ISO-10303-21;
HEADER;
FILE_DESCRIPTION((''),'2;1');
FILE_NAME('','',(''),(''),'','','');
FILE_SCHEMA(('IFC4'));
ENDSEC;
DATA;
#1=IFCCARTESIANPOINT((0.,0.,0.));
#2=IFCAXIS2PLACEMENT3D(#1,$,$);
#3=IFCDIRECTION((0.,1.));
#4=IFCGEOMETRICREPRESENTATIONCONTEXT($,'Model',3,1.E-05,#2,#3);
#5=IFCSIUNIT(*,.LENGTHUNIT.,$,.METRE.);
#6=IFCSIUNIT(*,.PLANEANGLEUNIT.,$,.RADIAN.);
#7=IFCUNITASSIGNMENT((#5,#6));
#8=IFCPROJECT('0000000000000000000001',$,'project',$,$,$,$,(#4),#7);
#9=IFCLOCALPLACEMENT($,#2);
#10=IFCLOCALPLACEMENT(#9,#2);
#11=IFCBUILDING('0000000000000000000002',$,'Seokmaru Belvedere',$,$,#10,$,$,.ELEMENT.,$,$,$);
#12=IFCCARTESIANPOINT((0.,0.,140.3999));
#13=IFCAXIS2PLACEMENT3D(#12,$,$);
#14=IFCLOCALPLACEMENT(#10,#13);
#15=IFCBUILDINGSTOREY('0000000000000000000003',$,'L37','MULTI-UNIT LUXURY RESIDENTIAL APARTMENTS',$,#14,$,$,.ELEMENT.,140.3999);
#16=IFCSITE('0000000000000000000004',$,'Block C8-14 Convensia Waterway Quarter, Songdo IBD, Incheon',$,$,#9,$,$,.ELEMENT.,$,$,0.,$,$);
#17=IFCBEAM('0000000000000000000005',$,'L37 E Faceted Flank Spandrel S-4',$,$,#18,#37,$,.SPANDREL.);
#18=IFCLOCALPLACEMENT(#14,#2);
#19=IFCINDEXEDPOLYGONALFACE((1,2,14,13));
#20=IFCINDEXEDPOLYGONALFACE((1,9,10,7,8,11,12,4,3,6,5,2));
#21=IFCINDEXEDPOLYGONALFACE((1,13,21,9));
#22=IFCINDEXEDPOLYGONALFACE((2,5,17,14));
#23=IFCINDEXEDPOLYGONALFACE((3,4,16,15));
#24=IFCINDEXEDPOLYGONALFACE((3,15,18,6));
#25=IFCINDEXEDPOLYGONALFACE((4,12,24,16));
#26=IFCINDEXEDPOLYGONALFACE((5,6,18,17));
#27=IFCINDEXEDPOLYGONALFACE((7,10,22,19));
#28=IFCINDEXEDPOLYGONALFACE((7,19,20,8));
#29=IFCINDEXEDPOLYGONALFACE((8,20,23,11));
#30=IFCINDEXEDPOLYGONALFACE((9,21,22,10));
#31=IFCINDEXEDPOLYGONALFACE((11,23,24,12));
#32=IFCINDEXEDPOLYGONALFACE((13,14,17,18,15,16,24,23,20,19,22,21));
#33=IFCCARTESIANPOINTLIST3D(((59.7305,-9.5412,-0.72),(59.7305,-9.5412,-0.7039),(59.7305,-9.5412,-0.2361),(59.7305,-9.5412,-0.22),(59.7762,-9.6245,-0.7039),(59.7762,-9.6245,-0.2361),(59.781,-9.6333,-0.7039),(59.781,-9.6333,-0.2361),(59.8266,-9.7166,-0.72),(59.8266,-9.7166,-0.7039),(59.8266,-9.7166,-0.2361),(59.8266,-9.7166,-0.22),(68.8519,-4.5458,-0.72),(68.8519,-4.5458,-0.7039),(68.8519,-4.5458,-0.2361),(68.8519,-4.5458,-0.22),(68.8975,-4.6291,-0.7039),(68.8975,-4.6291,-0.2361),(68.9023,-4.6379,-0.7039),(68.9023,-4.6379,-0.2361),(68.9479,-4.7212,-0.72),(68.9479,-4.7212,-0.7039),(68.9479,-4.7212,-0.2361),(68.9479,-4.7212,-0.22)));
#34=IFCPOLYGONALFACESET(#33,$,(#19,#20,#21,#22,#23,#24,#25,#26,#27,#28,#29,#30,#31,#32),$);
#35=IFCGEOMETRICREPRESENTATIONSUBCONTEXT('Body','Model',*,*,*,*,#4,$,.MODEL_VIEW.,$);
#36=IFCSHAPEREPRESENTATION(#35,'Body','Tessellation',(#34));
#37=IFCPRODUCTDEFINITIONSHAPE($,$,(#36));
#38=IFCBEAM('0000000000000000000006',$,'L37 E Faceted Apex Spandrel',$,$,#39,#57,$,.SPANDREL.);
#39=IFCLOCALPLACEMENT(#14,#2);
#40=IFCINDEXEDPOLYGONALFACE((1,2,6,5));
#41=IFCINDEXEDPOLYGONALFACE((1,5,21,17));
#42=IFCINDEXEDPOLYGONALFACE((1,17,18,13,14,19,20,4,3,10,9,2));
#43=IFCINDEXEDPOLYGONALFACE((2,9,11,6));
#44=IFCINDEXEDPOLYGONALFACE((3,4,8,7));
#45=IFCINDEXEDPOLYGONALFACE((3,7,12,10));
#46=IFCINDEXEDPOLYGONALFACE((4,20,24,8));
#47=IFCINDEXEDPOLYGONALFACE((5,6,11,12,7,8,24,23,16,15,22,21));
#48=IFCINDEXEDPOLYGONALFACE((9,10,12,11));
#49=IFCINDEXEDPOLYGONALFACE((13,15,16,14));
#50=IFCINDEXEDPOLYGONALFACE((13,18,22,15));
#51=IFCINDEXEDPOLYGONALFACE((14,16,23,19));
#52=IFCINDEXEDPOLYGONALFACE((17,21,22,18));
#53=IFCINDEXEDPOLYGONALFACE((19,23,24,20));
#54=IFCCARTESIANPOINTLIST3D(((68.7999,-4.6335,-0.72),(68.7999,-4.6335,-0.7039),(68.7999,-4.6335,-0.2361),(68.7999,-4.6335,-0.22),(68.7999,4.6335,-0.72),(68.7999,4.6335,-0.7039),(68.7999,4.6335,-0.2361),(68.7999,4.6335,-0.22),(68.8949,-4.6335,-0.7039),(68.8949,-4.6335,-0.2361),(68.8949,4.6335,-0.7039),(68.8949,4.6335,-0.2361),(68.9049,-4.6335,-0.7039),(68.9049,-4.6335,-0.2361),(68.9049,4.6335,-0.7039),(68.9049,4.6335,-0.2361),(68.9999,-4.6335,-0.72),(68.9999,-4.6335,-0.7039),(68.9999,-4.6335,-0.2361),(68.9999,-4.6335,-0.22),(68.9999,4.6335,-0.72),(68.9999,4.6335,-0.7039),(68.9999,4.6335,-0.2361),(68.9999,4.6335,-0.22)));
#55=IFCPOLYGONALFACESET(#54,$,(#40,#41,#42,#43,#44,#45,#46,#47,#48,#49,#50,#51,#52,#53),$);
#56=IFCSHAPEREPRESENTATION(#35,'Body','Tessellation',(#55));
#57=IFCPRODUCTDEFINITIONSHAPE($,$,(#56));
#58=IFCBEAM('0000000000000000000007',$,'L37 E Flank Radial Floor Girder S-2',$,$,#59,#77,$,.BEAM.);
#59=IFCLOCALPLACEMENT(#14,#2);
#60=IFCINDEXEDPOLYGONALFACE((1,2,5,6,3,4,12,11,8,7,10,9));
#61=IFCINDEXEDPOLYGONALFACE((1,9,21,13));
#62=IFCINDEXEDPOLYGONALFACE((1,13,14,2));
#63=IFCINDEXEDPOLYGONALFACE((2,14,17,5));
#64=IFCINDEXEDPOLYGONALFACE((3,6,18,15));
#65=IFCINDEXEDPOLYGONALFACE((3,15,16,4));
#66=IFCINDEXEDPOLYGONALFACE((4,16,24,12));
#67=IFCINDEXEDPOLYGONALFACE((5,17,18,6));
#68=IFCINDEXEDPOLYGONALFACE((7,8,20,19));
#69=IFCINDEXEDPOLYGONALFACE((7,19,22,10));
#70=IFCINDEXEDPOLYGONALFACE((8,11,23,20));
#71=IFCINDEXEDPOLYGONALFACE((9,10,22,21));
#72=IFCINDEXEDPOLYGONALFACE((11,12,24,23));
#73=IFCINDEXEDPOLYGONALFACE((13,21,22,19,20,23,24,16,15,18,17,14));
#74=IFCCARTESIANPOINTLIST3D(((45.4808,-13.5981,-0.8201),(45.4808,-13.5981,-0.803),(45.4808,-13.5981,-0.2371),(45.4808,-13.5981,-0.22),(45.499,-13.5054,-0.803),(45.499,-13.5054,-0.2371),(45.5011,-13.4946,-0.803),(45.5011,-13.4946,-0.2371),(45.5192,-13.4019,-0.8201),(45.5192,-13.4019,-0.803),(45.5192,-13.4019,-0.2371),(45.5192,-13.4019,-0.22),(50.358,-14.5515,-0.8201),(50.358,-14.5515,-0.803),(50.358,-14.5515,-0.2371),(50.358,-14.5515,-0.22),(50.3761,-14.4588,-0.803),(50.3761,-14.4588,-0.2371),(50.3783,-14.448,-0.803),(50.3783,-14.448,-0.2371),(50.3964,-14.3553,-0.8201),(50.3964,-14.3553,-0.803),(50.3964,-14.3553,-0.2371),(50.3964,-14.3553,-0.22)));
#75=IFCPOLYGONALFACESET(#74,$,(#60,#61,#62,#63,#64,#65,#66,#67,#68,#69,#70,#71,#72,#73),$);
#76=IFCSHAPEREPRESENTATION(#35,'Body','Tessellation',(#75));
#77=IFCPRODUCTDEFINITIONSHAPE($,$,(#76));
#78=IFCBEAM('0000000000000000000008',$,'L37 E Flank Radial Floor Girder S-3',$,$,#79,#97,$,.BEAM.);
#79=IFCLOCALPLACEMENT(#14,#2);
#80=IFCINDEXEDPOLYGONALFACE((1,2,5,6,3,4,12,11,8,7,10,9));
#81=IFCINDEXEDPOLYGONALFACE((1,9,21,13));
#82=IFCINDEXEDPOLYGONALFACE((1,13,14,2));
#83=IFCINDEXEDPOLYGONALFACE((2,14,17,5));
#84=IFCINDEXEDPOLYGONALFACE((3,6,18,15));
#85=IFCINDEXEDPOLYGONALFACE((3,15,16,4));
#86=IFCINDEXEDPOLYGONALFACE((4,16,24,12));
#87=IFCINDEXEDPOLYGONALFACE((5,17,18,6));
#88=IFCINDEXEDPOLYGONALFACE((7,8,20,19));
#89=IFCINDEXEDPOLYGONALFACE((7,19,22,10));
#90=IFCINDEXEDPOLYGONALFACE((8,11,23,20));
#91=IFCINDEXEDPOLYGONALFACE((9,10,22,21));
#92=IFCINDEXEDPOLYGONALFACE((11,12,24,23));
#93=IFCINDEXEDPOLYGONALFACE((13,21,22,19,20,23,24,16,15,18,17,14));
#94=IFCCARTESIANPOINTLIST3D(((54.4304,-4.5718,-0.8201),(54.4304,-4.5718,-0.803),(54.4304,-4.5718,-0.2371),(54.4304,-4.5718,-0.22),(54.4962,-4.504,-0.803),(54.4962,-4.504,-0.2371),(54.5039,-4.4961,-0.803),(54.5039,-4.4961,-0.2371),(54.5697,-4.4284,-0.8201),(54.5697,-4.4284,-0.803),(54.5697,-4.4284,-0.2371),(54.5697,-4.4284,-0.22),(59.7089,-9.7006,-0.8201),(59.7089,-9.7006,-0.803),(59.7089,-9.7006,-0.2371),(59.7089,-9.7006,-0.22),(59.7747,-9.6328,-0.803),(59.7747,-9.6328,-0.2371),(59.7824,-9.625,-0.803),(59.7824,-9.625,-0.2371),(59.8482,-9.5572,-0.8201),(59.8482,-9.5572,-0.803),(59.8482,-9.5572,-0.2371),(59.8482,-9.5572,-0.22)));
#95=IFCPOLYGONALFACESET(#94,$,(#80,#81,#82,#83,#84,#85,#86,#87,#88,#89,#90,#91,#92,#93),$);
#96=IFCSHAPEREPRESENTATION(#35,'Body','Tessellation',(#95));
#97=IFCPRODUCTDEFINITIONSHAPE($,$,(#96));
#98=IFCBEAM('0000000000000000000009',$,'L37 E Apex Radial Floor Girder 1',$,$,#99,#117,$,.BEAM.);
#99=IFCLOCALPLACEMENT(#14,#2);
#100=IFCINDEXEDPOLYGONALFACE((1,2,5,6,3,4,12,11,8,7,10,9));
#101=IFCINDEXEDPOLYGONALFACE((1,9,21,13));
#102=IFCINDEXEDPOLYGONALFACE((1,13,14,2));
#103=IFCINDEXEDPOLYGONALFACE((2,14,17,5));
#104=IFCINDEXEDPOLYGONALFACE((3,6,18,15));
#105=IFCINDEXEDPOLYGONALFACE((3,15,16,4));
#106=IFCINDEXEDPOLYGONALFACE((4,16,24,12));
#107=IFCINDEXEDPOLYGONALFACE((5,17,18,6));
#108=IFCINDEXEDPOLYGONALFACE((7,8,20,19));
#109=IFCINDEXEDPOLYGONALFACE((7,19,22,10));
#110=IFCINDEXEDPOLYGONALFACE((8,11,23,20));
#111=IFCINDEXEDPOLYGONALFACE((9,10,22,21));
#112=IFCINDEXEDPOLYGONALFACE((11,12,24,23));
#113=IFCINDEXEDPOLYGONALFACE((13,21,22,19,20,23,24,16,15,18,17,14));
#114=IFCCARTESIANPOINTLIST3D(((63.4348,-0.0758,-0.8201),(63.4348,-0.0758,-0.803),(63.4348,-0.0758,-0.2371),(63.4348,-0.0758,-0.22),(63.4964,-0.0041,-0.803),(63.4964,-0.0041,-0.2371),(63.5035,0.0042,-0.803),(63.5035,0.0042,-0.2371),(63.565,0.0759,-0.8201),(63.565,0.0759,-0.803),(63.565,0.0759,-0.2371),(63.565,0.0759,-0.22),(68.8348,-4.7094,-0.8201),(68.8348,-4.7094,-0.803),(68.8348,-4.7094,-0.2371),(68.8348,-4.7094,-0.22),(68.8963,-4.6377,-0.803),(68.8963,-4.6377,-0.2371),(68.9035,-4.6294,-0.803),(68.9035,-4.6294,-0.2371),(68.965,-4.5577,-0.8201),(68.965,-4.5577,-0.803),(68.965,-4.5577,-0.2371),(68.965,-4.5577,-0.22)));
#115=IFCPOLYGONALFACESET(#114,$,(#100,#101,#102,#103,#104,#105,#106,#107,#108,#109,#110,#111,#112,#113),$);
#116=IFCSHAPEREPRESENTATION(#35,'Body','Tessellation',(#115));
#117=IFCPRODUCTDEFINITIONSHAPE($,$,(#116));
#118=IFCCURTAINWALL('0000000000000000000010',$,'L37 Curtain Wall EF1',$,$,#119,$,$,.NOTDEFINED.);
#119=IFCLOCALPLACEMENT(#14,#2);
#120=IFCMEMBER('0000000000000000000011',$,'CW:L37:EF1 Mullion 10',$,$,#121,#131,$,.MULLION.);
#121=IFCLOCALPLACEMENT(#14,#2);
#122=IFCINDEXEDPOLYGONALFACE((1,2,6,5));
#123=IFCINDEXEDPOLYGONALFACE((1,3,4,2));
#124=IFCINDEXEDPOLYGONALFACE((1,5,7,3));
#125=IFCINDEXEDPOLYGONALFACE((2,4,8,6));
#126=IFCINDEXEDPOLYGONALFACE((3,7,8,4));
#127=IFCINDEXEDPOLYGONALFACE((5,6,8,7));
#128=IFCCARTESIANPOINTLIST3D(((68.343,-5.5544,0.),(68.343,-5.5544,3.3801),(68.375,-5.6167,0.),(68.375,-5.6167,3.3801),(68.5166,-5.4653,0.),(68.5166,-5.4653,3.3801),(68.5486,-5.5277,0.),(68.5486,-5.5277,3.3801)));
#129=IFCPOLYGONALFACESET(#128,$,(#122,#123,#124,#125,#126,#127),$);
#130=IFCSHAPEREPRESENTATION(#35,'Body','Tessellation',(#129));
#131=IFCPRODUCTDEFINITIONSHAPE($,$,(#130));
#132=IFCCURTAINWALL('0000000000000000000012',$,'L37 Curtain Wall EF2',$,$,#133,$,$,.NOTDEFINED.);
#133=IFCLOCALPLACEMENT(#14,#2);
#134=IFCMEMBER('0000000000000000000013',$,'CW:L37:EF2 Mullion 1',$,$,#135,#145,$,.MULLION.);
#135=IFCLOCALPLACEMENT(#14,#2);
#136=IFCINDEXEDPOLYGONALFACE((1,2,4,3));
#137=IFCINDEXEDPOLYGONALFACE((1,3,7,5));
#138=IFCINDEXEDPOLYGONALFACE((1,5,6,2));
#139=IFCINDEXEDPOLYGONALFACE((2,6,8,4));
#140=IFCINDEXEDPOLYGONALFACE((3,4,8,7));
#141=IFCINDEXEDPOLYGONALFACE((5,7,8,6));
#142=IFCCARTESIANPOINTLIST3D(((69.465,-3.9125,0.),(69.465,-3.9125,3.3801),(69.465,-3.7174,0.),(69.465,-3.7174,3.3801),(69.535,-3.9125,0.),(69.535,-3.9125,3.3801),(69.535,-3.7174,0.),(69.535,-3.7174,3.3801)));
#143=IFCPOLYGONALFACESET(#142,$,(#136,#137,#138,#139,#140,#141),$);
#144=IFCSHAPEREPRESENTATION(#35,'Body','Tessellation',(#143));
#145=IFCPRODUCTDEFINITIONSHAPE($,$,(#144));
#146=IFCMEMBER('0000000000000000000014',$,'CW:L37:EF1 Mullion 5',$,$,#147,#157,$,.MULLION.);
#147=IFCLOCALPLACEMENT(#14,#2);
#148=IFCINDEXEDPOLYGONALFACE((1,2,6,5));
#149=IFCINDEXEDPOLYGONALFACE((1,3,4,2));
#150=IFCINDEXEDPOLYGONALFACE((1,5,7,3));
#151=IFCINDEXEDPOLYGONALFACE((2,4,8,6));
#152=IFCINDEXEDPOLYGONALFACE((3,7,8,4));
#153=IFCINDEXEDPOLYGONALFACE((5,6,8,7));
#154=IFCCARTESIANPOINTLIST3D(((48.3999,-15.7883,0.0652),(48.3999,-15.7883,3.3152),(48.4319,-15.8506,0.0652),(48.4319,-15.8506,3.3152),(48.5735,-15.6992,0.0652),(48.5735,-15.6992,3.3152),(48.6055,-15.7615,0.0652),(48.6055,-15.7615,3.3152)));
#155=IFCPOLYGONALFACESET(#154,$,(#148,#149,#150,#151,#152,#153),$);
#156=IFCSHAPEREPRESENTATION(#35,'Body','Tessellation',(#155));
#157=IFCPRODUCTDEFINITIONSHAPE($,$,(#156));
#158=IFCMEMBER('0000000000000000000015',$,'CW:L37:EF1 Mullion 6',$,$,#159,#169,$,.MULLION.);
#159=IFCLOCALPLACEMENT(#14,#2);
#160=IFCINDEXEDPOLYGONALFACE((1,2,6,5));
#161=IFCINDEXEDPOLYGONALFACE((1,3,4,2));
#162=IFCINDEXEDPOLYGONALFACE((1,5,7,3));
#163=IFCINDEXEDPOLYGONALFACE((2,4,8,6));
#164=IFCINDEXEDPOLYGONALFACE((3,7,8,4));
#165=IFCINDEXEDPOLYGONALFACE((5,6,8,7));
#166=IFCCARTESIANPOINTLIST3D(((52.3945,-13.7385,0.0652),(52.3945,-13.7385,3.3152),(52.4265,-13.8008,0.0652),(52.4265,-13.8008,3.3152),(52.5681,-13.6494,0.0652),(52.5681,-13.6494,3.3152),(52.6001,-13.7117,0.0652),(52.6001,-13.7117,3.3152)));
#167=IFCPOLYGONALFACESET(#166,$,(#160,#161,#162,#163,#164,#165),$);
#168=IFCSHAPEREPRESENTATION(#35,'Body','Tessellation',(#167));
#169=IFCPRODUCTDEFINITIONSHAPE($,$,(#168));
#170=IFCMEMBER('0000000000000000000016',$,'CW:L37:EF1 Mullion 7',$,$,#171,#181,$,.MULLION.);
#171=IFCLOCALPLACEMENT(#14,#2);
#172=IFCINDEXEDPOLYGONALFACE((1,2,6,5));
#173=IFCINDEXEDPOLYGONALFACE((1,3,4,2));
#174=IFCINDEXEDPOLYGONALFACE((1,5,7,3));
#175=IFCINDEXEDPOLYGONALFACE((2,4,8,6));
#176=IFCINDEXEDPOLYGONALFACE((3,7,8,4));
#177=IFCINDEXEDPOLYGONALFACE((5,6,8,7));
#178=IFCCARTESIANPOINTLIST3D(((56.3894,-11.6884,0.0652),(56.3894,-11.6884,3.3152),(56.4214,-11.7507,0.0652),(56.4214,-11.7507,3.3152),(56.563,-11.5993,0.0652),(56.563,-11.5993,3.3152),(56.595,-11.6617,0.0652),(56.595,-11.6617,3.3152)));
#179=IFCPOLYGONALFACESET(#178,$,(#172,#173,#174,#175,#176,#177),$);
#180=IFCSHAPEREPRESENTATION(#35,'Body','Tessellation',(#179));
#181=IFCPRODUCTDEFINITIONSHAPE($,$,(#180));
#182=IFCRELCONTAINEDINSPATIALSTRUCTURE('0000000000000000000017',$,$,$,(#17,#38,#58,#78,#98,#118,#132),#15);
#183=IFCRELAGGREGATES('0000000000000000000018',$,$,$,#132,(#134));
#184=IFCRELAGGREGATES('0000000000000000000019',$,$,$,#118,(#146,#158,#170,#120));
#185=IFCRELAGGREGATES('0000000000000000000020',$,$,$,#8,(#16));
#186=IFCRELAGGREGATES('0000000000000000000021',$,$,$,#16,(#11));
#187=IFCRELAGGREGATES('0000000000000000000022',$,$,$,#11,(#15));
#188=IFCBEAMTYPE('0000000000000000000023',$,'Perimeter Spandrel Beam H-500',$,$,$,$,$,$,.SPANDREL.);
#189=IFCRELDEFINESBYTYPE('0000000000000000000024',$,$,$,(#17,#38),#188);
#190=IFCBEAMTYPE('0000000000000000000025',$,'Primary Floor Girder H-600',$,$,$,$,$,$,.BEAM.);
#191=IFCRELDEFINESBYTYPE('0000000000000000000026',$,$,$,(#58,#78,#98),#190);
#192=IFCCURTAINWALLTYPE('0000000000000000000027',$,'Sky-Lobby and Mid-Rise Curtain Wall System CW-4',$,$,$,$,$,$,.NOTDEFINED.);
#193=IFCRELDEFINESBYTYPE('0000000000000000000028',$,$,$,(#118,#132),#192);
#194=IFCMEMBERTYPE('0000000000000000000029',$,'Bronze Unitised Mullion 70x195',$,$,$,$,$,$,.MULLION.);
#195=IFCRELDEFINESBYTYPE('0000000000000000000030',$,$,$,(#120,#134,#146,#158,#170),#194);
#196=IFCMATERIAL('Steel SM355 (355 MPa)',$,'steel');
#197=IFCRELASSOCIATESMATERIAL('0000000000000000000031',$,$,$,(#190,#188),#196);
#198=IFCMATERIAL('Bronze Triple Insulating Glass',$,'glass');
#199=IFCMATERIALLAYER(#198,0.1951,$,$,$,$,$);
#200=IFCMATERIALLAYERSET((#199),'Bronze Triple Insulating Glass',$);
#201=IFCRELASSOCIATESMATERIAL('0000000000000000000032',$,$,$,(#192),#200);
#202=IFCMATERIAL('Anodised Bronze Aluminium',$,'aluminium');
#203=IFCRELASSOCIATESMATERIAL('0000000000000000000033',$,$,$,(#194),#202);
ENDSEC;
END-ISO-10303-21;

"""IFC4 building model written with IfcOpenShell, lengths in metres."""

from ifc_helpers import new_model, si_unit, direction, frame, origin, origin_2d, place, context, subcontext, project, spatial, rectangle, i_section, extrude, source, transform, mapped, material, layer, layer_set, material_profile, profile_set, type_object, type_shapes, element, aggregate, save


model = new_model("IFC4")

# Units and contexts
model_context = context("Model", 3, precision=1e-05, world=origin(), true_north=direction((0.0, 1.0)))
body_context = subcontext(model_context, "Body", "Model", "MODEL_VIEW")
ifc_project = project(units=[si_unit("LENGTHUNIT", "METRE"), si_unit("PLANEANGLEUNIT", "RADIAN")], contexts=[model_context])

# Site, building, storey
site_placement = place(None, origin())
site = spatial("IfcSite", under=ifc_project, at=site_placement, Name="Block C8-14 Convensia Waterway Quarter, Songdo IBD, Incheon", CompositionType="ELEMENT", RefElevation=0.0)
building_placement = place(site_placement, origin())
building = spatial("IfcBuilding", under=site, at=building_placement, Name="Seokmaru Belvedere", CompositionType="ELEMENT")
storey_placement = place(building_placement, frame((0.0, 0.0, 140.3999)))
storey = spatial("IfcBuildingStorey", under=building, at=storey_placement, Name="L37", Description="MULTI-UNIT LUXURY RESIDENTIAL APARTMENTS", CompositionType="ELEMENT", Elevation=140.3999)

# Shared definitions
ifc_material_1 = material(Name="Steel SM355 (355 MPa)", Category="steel")

# Beams
ifc_material_profile_1 = material_profile(ifc_material_1, i_section(OverallWidth=0.2, OverallDepth=0.6001, WebThickness=0.011, FlangeThickness=0.0171, at=origin_2d()), Name="H-600x200x11x17")
ifc_profile_set_1 = profile_set([ifc_material_profile_1], Name="Steel SM355 (355 MPa)")
beam_type_1 = type_object("IfcBeamType", Name="Primary Floor Girder H-600", PredefinedType="BEAM", material=ifc_profile_set_1)
ifc_material_profile_2 = material_profile(ifc_material_1, i_section(OverallWidth=0.2, OverallDepth=0.5, WebThickness=0.01, FlangeThickness=0.0161, at=origin_2d()), Name="H-500x200x10x16")
ifc_profile_set_2 = profile_set([ifc_material_profile_2], Name="Steel SM355 (355 MPa)")
beam_type_2 = type_object("IfcBeamType", Name="Perimeter Spandrel Beam H-500", PredefinedType="SPANDREL", material=ifc_profile_set_2)
shared_shape_1 = source(origin(), body_context, "Body", "SweptSolid", [
    extrude(i_section(OverallWidth=0.2, OverallDepth=0.5, WebThickness=0.01, FlangeThickness=0.0161, at=origin_2d()), origin(), (0.0, 0.0, 1.0), 10.3997),
])
beam_1_placement = place(storey_placement, frame((59.7786, -9.6289, -0.47), z_axis=(0.877082, 0.48034, 0.0), x_axis=(-0.48034, 0.877082, 0.0)))
element("IfcBeam", 1, at=beam_1_placement, inside=storey, type_object=beam_type_2, Name="L37 E Faceted Flank Spandrel S-4", PredefinedType="SPANDREL", context=body_context, shape_type="MappedRepresentation", body=[
    mapped(shared_shape_1, transform((0.0, 0.0, 0.0), scale=1.0)),
])
shared_shape_2 = source(origin(), body_context, "Body", "SweptSolid", [
    extrude(i_section(OverallWidth=0.2, OverallDepth=0.5, WebThickness=0.01, FlangeThickness=0.0161, at=origin_2d()), origin(), (0.0, 0.0, 1.0), 9.2671),
])
beam_2_placement = place(storey_placement, frame((68.8999, -4.6335, -0.47), z_axis=(0.0, 1.0, 0.0), x_axis=(-1.0, 0.0, 0.0)))
element("IfcBeam", 2, at=beam_2_placement, inside=storey, type_object=beam_type_2, Name="L37 E Faceted Apex Spandrel", PredefinedType="SPANDREL", context=body_context, shape_type="MappedRepresentation", body=[
    mapped(shared_shape_2, transform((0.0, 0.0, 0.0), scale=1.0)),
])
shared_shape_3 = source(origin(), body_context, "Body", "SweptSolid", [
    extrude(i_section(OverallWidth=0.2, OverallDepth=0.6001, WebThickness=0.011, FlangeThickness=0.0171, at=origin_2d()), origin(), (0.0, 0.0, 1.0), 4.9695),
])
beam_3_placement = place(storey_placement, frame((50.3772, -14.4534, -0.52), z_axis=(-0.981425, 0.191844, 0.0), x_axis=(-0.191844, -0.981425, 0.0)))
element("IfcBeam", 3, at=beam_3_placement, inside=storey, type_object=beam_type_1, Name="L37 E Flank Radial Floor Girder S-2", PredefinedType="BEAM", context=body_context, shape_type="MappedRepresentation", body=[
    mapped(shared_shape_3, transform((0.0, 0.0, 0.0), scale=1.0)),
])
shared_shape_4 = source(origin(), body_context, "Body", "SweptSolid", [
    extrude(i_section(OverallWidth=0.2, OverallDepth=0.6001, WebThickness=0.011, FlangeThickness=0.0171, at=origin_2d()), origin(), (0.0, 0.0, 1.0), 7.3599),
])
beam_4_placement = place(storey_placement, frame((59.7786, -9.6289, -0.52), z_axis=(-0.717201, 0.696867, 0.0), x_axis=(-0.696867, -0.717201, 0.0)))
element("IfcBeam", 4, at=beam_4_placement, inside=storey, type_object=beam_type_1, Name="L37 E Flank Radial Floor Girder S-3", PredefinedType="BEAM", context=body_context, shape_type="MappedRepresentation", body=[
    mapped(shared_shape_4, transform((0.0, 0.0, 0.0), scale=1.0)),
])
shared_shape_5 = source(origin(), body_context, "Body", "SweptSolid", [
    extrude(i_section(OverallWidth=0.2, OverallDepth=0.6001, WebThickness=0.011, FlangeThickness=0.0171, at=origin_2d()), origin(), (0.0, 0.0, 1.0), 7.1155),
])
beam_5_placement = place(storey_placement, frame((68.8999, -4.6335, -0.52), z_axis=(-0.758905, 0.651201, 0.0), x_axis=(-0.651201, -0.758905, 0.0)))
element("IfcBeam", 5, at=beam_5_placement, inside=storey, type_object=beam_type_1, Name="L37 E Apex Radial Floor Girder 1", PredefinedType="BEAM", context=body_context, shape_type="MappedRepresentation", body=[
    mapped(shared_shape_5, transform((0.0, 0.0, 0.0), scale=1.0)),
])

# Curtain walls, members
ifc_material_2 = material(Name="Bronze Triple Insulating Glass", Category="glass")
ifc_layer_1 = layer(ifc_material_2, 0.1951)
ifc_layer_set_1 = layer_set([ifc_layer_1], Name="Bronze Triple Insulating Glass")
curtain_wall_type = type_object("IfcCurtainWallType", Name="Sky-Lobby and Mid-Rise Curtain Wall System CW-4", PredefinedType="NOTDEFINED", material=ifc_layer_set_1)
curtain_wall_1_placement = place(storey_placement, origin())
curtain_wall_1 = element("IfcCurtainWall", 6, at=curtain_wall_1_placement, inside=storey, type_object=curtain_wall_type, Name="L37 Curtain Wall EF1", PredefinedType="NOTDEFINED")
ifc_material_3 = material(Name="Anodised Bronze Aluminium", Category="aluminium")
ifc_material_profile_3 = material_profile(ifc_material_3, rectangle(XDim=0.0701, YDim=0.1951, at=origin_2d()), Name="CW-M-70x195")
ifc_profile_set_3 = profile_set([ifc_material_profile_3], Name="Anodised Bronze Aluminium")
member_type_1 = type_object("IfcMemberType", Name="Bronze Unitised Mullion 70x195", PredefinedType="MULLION", material=ifc_profile_set_3)
shared_shape_6 = source(origin(), body_context, "Body", "SweptSolid", [
    extrude(rectangle(XDim=0.0701, YDim=0.1951, at=origin_2d()), origin(), (0.0, 0.0, 1.0), 3.3801),
])
member_1_placement = place(storey_placement, frame((68.4458, -5.541, 0.0), z_axis=(0.0, 0.0, 1.0), x_axis=(-0.456555, 0.889695, 0.0)))
member_1 = element("IfcMember", 7, at=member_1_placement, type_object=member_type_1, Name="CW:L37:EF1 Mullion 10", PredefinedType="MULLION", context=body_context, shape_type="MappedRepresentation", body=[
    mapped(shared_shape_6, transform((0.0, 0.0, 0.0), scale=1.0)),
])
curtain_wall_2_placement = place(storey_placement, origin())
curtain_wall_2 = element("IfcCurtainWall", 8, at=curtain_wall_2_placement, inside=storey, type_object=curtain_wall_type, Name="L37 Curtain Wall EF2", PredefinedType="NOTDEFINED")
member_2_placement = place(storey_placement, frame((69.5, -3.8149, 0.0), z_axis=(0.0, 0.0, 1.0), x_axis=(-1.0, 0.0, 0.0)))
member_2 = element("IfcMember", 9, at=member_2_placement, type_object=member_type_1, Name="CW:L37:EF2 Mullion 1", PredefinedType="MULLION", context=body_context, shape_type="MappedRepresentation", body=[
    mapped(shared_shape_6, transform((0.0, 0.0, 0.0), scale=1.0)),
])

# Members
shared_shape_7 = source(origin(), body_context, "Body", "SweptSolid", [
    extrude(rectangle(XDim=0.0701, YDim=0.1951, at=origin_2d()), origin(), (0.0, 0.0, 1.0), 3.25),
])
type_shapes(member_type_1, [shared_shape_6, shared_shape_7])
member_3_placement = place(storey_placement, frame((48.5027, -15.7749, 0.0652), z_axis=(0.0, 0.0, 1.0), x_axis=(-0.456555, 0.889695, 0.0)))
member_3 = element("IfcMember", 10, at=member_3_placement, type_object=member_type_1, Name="CW:L37:EF1 Mullion 5", PredefinedType="MULLION", context=body_context, shape_type="MappedRepresentation", body=[
    mapped(shared_shape_7, transform((0.0, 0.0, 0.0), scale=1.0)),
])
member_4_placement = place(storey_placement, frame((52.4973, -13.7251, 0.0652), z_axis=(0.0, 0.0, 1.0), x_axis=(-0.456555, 0.889695, 0.0)))
member_4 = element("IfcMember", 11, at=member_4_placement, type_object=member_type_1, Name="CW:L37:EF1 Mullion 6", PredefinedType="MULLION", context=body_context, shape_type="MappedRepresentation", body=[
    mapped(shared_shape_7, transform((0.0, 0.0, 0.0), scale=1.0)),
])
member_5_placement = place(storey_placement, frame((56.4922, -11.675, 0.0652), z_axis=(0.0, 0.0, 1.0), x_axis=(-0.456555, 0.889695, 0.0)))
member_5 = element("IfcMember", 12, at=member_5_placement, type_object=member_type_1, Name="CW:L37:EF1 Mullion 7", PredefinedType="MULLION", context=body_context, shape_type="MappedRepresentation", body=[
    mapped(shared_shape_7, transform((0.0, 0.0, 0.0), scale=1.0)),
])
aggregate(curtain_wall_2, [member_2])

aggregate(curtain_wall_1, [member_3, member_4, member_5, member_1])

save(model, "model.ifc")
